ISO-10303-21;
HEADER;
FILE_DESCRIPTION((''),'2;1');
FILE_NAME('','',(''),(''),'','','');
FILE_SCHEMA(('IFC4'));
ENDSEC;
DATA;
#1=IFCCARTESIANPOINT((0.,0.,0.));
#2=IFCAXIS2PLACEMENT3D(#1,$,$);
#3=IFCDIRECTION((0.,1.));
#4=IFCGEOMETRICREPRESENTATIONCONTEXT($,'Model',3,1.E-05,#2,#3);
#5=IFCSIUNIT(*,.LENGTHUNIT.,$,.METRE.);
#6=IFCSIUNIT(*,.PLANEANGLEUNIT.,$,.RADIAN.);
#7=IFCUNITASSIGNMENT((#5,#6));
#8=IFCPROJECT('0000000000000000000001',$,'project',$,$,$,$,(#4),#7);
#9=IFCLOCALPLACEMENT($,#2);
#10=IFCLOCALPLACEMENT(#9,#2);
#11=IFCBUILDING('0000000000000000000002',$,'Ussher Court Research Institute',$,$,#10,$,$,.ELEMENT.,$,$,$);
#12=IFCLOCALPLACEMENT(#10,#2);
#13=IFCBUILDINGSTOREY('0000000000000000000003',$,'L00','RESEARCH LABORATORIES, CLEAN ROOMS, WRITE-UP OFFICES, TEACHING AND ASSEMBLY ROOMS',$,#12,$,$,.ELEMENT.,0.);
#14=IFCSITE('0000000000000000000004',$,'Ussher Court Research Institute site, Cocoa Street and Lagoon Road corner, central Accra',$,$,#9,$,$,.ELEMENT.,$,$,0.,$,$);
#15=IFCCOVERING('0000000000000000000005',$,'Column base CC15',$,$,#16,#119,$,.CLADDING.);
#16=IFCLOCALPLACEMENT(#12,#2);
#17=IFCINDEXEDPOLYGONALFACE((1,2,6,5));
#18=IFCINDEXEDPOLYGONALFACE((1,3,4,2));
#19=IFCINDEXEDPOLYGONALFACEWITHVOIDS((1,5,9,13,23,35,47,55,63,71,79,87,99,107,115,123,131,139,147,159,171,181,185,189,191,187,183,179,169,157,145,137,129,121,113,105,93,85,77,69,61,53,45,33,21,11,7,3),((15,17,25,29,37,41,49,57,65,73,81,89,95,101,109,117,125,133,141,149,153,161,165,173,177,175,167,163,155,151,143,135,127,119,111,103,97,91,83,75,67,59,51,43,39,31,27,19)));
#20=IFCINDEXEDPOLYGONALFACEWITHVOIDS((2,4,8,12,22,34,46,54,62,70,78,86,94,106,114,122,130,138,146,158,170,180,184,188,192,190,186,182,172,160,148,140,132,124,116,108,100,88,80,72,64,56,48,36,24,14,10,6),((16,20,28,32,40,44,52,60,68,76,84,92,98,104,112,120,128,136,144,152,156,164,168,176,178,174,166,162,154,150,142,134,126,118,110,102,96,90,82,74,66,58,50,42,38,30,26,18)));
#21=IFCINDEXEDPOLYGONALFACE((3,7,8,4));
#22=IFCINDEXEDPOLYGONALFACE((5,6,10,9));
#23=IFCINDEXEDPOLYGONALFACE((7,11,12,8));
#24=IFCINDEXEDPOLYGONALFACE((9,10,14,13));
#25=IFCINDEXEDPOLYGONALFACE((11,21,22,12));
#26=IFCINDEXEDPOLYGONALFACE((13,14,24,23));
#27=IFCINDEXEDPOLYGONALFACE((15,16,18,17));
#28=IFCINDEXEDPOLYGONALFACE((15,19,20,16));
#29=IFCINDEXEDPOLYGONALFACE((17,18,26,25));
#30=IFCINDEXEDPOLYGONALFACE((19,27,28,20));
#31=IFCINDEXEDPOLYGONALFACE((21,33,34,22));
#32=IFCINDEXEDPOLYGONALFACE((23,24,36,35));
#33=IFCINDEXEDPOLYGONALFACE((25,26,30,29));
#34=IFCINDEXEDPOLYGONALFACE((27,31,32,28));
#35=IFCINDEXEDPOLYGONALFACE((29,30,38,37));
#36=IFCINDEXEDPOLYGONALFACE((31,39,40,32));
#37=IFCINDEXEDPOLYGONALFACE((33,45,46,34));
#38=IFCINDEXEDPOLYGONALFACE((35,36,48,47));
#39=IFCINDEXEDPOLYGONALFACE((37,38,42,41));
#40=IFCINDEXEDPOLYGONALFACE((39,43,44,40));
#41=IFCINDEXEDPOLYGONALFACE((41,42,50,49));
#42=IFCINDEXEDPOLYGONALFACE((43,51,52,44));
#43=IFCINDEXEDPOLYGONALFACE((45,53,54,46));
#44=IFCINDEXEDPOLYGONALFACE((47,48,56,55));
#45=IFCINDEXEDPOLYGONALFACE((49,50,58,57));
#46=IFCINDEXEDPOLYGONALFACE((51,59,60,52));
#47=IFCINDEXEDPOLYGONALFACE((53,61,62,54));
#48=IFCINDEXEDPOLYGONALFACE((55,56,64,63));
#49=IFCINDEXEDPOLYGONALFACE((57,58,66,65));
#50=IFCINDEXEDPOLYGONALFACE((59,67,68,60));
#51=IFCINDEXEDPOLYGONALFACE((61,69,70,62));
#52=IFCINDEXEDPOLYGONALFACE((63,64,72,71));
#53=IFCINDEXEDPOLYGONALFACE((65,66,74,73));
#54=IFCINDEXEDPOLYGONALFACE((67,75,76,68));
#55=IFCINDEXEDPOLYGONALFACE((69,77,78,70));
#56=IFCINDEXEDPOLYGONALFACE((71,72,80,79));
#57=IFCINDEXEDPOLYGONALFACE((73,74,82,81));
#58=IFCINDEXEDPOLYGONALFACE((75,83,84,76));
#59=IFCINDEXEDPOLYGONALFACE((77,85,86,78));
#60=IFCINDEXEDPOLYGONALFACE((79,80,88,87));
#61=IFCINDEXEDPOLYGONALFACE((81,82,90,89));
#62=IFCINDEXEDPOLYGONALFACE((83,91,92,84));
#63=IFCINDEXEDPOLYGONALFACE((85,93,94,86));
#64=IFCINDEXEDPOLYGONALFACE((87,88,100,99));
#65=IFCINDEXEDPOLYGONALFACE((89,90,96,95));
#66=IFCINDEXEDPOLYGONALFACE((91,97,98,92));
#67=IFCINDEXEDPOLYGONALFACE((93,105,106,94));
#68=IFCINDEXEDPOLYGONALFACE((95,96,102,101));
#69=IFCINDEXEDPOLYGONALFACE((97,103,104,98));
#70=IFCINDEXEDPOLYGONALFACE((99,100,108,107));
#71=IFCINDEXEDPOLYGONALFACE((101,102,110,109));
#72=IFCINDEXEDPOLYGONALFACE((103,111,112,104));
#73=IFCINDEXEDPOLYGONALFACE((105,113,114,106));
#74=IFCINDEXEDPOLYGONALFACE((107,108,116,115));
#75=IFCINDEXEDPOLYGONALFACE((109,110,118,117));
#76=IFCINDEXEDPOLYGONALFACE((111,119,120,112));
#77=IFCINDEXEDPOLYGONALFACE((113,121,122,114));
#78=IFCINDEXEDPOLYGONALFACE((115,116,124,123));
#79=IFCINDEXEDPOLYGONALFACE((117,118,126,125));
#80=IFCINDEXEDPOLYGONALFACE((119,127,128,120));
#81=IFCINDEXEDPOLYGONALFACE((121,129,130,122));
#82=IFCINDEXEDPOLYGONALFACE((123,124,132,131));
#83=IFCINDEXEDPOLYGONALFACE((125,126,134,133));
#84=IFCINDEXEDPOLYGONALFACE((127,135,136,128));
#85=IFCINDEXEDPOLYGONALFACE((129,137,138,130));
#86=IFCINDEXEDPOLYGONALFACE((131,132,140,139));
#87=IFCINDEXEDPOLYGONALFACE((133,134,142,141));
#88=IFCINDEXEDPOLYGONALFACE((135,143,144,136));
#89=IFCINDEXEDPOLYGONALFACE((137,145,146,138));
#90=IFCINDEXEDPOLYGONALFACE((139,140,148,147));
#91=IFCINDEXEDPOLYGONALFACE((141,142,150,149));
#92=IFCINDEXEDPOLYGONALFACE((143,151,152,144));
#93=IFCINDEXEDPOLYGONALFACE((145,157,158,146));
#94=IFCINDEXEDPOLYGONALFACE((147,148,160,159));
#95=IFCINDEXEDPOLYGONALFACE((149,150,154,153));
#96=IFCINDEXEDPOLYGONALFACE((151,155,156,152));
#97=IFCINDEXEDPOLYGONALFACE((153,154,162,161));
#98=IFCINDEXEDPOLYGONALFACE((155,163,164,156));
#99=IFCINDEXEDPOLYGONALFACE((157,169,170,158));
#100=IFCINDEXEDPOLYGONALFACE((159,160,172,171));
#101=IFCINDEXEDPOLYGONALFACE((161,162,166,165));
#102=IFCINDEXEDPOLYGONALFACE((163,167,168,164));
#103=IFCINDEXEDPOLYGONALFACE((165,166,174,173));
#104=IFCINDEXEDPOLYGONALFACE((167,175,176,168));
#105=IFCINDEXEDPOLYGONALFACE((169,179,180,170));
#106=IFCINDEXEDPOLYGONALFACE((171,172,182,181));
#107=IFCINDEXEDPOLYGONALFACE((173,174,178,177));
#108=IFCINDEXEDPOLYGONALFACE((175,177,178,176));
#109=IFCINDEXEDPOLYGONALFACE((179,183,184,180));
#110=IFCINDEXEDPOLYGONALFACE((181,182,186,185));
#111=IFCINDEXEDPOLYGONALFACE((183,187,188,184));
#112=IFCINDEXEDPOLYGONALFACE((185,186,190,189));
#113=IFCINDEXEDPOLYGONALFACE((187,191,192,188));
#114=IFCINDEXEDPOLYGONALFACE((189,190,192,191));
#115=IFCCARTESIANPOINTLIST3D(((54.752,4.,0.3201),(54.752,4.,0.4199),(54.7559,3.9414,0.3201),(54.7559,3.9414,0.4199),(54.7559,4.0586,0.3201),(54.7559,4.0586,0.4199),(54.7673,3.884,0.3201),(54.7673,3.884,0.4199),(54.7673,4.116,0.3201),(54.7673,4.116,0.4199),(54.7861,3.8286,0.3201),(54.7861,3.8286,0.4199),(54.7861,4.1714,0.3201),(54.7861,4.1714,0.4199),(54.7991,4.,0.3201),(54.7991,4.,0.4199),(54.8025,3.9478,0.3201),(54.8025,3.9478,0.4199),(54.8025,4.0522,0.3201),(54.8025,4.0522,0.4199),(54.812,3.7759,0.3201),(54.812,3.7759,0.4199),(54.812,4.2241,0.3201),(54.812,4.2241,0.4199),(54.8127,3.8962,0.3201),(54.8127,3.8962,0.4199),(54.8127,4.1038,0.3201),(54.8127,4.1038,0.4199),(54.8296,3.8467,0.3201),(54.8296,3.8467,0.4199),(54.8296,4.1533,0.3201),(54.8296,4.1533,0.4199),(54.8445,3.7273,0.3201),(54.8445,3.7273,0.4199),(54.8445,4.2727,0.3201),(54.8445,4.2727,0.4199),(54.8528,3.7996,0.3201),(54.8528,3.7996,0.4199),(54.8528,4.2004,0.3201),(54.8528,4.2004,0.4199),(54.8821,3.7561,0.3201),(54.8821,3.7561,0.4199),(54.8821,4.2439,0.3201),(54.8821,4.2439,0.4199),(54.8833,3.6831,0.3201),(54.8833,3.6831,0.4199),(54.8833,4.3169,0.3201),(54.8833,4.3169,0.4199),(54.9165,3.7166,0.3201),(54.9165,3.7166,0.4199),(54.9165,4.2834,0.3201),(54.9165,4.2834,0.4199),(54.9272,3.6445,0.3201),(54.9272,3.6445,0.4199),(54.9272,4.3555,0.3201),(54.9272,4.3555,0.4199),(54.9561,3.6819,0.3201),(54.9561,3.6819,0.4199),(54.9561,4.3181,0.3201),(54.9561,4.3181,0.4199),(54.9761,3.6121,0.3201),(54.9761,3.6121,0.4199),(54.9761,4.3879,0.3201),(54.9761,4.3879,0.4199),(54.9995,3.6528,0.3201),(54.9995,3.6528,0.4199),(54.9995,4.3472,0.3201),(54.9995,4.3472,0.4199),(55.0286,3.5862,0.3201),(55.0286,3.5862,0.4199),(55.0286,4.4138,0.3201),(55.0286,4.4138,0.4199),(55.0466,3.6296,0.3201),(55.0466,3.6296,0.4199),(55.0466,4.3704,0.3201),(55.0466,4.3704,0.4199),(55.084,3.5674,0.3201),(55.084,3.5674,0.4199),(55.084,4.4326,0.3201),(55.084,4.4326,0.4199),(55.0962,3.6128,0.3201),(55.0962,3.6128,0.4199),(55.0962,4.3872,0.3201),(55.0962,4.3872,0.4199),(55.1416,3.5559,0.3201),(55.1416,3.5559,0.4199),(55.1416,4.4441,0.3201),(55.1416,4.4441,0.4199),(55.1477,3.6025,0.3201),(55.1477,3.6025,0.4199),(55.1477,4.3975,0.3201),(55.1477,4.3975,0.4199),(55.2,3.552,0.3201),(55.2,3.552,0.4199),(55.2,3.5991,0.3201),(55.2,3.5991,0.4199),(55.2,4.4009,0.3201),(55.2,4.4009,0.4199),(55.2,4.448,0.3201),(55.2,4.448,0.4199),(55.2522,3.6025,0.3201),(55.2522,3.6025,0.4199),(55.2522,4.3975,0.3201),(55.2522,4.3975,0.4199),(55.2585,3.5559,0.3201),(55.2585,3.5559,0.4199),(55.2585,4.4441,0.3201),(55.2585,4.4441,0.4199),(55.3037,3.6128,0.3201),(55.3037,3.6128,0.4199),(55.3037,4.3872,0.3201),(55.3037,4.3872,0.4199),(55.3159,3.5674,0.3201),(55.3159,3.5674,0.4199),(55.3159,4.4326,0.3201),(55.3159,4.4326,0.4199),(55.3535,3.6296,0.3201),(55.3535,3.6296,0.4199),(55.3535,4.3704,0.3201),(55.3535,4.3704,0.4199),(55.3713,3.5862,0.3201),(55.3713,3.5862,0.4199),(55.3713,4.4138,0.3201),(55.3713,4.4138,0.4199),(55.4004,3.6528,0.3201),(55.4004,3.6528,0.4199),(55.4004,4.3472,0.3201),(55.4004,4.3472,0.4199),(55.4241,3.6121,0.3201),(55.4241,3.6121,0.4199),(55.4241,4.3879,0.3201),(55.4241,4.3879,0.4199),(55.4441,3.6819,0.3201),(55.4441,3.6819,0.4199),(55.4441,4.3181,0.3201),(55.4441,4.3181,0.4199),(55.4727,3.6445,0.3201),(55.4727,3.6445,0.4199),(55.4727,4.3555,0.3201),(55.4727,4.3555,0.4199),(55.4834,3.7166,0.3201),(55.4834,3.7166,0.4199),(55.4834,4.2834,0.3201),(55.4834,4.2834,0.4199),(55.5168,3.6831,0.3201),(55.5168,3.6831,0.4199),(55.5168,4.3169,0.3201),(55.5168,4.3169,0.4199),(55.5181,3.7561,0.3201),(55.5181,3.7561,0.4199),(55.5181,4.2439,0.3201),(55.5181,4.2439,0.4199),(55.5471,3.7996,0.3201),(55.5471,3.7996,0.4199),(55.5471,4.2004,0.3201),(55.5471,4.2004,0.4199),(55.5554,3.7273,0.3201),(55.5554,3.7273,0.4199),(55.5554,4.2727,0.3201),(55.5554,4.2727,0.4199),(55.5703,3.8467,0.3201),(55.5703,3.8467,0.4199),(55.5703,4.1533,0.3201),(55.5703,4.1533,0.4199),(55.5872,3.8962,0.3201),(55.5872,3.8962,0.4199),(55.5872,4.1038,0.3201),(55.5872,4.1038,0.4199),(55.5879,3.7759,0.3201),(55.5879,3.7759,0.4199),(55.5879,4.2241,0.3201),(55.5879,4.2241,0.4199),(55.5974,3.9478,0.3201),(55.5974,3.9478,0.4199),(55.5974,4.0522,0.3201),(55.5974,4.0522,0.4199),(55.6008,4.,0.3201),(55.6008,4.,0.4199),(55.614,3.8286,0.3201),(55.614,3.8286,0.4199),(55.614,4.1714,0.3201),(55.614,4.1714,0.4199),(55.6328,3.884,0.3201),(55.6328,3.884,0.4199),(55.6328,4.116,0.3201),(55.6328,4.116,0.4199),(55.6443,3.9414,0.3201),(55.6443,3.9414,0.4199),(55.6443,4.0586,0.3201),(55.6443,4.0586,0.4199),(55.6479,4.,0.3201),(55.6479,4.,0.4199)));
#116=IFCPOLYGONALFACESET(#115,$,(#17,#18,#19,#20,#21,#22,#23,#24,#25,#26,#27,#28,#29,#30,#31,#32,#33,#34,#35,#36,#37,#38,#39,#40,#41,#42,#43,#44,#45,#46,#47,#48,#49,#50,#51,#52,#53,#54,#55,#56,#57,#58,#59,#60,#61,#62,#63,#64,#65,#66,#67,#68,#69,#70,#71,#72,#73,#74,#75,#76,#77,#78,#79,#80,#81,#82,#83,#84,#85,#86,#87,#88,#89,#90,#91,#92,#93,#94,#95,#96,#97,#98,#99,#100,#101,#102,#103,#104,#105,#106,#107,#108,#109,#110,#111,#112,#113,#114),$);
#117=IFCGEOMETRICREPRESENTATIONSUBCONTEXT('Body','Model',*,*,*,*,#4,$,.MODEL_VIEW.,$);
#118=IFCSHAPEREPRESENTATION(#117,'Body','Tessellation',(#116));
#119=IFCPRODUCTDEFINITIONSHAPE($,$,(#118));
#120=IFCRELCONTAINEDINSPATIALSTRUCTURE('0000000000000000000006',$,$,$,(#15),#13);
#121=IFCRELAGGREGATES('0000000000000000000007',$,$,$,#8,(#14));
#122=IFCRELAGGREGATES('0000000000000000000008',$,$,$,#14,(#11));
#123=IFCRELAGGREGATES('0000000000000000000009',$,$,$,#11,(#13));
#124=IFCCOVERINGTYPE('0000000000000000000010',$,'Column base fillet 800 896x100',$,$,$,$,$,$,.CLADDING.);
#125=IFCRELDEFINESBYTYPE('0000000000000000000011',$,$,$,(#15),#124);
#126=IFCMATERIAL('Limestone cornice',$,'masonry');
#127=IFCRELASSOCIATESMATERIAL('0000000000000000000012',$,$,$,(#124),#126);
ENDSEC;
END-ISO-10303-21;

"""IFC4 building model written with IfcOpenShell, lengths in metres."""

from ifc_helpers import new_model, si_unit, direction, frame, origin, place, context, subcontext, project, spatial, polyline, outline, extrude, material, type_object, element, save


model = new_model("IFC4")

# Units and contexts
model_context = context("Model", 3, precision=1e-05, world=origin(), true_north=direction((0.0, 1.0)))
body_context = subcontext(model_context, "Body", "Model", "MODEL_VIEW")
ifc_project = project(units=[si_unit("LENGTHUNIT", "METRE"), si_unit("PLANEANGLEUNIT", "RADIAN")], contexts=[model_context])

# Site, building, storey
site_placement = place(None, origin())
site = spatial("IfcSite", under=ifc_project, at=site_placement, Name="Ussher Court Research Institute site, Cocoa Street and Lagoon Road corner, central Accra", CompositionType="ELEMENT", RefElevation=0.0)
building_placement = place(site_placement, origin())
building = spatial("IfcBuilding", under=site, at=building_placement, Name="Ussher Court Research Institute", CompositionType="ELEMENT")
storey_placement = place(building_placement, origin())
storey = spatial("IfcBuildingStorey", under=building, at=storey_placement, Name="L00", Description="RESEARCH LABORATORIES, CLEAN ROOMS, WRITE-UP OFFICES, TEACHING AND ASSEMBLY ROOMS", CompositionType="ELEMENT", Elevation=0.0)

# Covering
ifc_material_1 = material(Name="Limestone cornice", Category="masonry")
covering_type_1 = type_object("IfcCoveringType", Name="Column base fillet 800 896x100", PredefinedType="CLADDING", material=ifc_material_1)
covering_1_placement = place(storey_placement, frame((0.0, 0.0, 0.3201)))
element("IfcCovering", 1, at=covering_1_placement, inside=storey, type_object=covering_type_1, Name="Column base CC15", PredefinedType="CLADDING", context=body_context, shape_type="SweptSolid", body=[
    extrude(outline(polyline([(55.6479, 4.0), (55.6443, 4.0586), (55.6328, 4.116), (55.614, 4.1714), (55.5879, 4.2241), (55.5554, 4.2727), (55.5168, 4.3169), (55.4727, 4.3555), (55.4241, 4.3879), (55.3713, 4.4138), (55.3159, 4.4326), (55.2585, 4.4441), (55.2, 4.448), (55.1416, 4.4441), (55.084, 4.4326), (55.0286, 4.4138), (54.9761, 4.3879), (54.9272, 4.3555), (54.8833, 4.3169), (54.8445, 4.2727), (54.812, 4.2241), (54.7861, 4.1714), (54.7673, 4.116), (54.7559, 4.0586), (54.752, 4.0), (54.7559, 3.9414), (54.7673, 3.884), (54.7861, 3.8286), (54.812, 3.7759), (54.8445, 3.7273), (54.8833, 3.6831), (54.9272, 3.6445), (54.9761, 3.6121), (55.0286, 3.5862), (55.084, 3.5674), (55.1416, 3.5559), (55.2, 3.552), (55.2585, 3.5559), (55.3159, 3.5674), (55.3713, 3.5862), (55.4241, 3.6121), (55.4727, 3.6445), (55.5168, 3.6831), (55.5554, 3.7273), (55.5879, 3.7759), (55.614, 3.8286), (55.6328, 3.884), (55.6443, 3.9414), (55.6479, 4.0)]), holes=[polyline([(55.6008, 4.0), (55.5974, 4.0522), (55.5872, 4.1038), (55.5703, 4.1533), (55.5471, 4.2004), (55.5181, 4.2439), (55.4834, 4.2834), (55.4441, 4.3181), (55.4004, 4.3472), (55.3535, 4.3704), (55.3037, 4.3872), (55.2522, 4.3975), (55.2, 4.4009), (55.1477, 4.3975), (55.0962, 4.3872), (55.0466, 4.3704), (54.9995, 4.3472), (54.9561, 4.3181), (54.9165, 4.2834), (54.8821, 4.2439), (54.8528, 4.2004), (54.8296, 4.1533), (54.8127, 4.1038), (54.8025, 4.0522), (54.7991, 4.0), (54.8025, 3.9478), (54.8127, 3.8962), (54.8296, 3.8467), (54.8528, 3.7996), (54.8821, 3.7561), (54.9165, 3.7166), (54.9561, 3.6819), (54.9995, 3.6528), (55.0466, 3.6296), (55.0962, 3.6128), (55.1477, 3.6025), (55.2, 3.5991), (55.2522, 3.6025), (55.3037, 3.6128), (55.3535, 3.6296), (55.4004, 3.6528), (55.4441, 3.6819), (55.4834, 3.7166), (55.5181, 3.7561), (55.5471, 3.7996), (55.5703, 3.8467), (55.5872, 3.8962), (55.5974, 3.9478), (55.6008, 4.0)])]), origin(), (0.0, 0.0, 1.0), 0.0999),
])

save(model, "model.ifc")
